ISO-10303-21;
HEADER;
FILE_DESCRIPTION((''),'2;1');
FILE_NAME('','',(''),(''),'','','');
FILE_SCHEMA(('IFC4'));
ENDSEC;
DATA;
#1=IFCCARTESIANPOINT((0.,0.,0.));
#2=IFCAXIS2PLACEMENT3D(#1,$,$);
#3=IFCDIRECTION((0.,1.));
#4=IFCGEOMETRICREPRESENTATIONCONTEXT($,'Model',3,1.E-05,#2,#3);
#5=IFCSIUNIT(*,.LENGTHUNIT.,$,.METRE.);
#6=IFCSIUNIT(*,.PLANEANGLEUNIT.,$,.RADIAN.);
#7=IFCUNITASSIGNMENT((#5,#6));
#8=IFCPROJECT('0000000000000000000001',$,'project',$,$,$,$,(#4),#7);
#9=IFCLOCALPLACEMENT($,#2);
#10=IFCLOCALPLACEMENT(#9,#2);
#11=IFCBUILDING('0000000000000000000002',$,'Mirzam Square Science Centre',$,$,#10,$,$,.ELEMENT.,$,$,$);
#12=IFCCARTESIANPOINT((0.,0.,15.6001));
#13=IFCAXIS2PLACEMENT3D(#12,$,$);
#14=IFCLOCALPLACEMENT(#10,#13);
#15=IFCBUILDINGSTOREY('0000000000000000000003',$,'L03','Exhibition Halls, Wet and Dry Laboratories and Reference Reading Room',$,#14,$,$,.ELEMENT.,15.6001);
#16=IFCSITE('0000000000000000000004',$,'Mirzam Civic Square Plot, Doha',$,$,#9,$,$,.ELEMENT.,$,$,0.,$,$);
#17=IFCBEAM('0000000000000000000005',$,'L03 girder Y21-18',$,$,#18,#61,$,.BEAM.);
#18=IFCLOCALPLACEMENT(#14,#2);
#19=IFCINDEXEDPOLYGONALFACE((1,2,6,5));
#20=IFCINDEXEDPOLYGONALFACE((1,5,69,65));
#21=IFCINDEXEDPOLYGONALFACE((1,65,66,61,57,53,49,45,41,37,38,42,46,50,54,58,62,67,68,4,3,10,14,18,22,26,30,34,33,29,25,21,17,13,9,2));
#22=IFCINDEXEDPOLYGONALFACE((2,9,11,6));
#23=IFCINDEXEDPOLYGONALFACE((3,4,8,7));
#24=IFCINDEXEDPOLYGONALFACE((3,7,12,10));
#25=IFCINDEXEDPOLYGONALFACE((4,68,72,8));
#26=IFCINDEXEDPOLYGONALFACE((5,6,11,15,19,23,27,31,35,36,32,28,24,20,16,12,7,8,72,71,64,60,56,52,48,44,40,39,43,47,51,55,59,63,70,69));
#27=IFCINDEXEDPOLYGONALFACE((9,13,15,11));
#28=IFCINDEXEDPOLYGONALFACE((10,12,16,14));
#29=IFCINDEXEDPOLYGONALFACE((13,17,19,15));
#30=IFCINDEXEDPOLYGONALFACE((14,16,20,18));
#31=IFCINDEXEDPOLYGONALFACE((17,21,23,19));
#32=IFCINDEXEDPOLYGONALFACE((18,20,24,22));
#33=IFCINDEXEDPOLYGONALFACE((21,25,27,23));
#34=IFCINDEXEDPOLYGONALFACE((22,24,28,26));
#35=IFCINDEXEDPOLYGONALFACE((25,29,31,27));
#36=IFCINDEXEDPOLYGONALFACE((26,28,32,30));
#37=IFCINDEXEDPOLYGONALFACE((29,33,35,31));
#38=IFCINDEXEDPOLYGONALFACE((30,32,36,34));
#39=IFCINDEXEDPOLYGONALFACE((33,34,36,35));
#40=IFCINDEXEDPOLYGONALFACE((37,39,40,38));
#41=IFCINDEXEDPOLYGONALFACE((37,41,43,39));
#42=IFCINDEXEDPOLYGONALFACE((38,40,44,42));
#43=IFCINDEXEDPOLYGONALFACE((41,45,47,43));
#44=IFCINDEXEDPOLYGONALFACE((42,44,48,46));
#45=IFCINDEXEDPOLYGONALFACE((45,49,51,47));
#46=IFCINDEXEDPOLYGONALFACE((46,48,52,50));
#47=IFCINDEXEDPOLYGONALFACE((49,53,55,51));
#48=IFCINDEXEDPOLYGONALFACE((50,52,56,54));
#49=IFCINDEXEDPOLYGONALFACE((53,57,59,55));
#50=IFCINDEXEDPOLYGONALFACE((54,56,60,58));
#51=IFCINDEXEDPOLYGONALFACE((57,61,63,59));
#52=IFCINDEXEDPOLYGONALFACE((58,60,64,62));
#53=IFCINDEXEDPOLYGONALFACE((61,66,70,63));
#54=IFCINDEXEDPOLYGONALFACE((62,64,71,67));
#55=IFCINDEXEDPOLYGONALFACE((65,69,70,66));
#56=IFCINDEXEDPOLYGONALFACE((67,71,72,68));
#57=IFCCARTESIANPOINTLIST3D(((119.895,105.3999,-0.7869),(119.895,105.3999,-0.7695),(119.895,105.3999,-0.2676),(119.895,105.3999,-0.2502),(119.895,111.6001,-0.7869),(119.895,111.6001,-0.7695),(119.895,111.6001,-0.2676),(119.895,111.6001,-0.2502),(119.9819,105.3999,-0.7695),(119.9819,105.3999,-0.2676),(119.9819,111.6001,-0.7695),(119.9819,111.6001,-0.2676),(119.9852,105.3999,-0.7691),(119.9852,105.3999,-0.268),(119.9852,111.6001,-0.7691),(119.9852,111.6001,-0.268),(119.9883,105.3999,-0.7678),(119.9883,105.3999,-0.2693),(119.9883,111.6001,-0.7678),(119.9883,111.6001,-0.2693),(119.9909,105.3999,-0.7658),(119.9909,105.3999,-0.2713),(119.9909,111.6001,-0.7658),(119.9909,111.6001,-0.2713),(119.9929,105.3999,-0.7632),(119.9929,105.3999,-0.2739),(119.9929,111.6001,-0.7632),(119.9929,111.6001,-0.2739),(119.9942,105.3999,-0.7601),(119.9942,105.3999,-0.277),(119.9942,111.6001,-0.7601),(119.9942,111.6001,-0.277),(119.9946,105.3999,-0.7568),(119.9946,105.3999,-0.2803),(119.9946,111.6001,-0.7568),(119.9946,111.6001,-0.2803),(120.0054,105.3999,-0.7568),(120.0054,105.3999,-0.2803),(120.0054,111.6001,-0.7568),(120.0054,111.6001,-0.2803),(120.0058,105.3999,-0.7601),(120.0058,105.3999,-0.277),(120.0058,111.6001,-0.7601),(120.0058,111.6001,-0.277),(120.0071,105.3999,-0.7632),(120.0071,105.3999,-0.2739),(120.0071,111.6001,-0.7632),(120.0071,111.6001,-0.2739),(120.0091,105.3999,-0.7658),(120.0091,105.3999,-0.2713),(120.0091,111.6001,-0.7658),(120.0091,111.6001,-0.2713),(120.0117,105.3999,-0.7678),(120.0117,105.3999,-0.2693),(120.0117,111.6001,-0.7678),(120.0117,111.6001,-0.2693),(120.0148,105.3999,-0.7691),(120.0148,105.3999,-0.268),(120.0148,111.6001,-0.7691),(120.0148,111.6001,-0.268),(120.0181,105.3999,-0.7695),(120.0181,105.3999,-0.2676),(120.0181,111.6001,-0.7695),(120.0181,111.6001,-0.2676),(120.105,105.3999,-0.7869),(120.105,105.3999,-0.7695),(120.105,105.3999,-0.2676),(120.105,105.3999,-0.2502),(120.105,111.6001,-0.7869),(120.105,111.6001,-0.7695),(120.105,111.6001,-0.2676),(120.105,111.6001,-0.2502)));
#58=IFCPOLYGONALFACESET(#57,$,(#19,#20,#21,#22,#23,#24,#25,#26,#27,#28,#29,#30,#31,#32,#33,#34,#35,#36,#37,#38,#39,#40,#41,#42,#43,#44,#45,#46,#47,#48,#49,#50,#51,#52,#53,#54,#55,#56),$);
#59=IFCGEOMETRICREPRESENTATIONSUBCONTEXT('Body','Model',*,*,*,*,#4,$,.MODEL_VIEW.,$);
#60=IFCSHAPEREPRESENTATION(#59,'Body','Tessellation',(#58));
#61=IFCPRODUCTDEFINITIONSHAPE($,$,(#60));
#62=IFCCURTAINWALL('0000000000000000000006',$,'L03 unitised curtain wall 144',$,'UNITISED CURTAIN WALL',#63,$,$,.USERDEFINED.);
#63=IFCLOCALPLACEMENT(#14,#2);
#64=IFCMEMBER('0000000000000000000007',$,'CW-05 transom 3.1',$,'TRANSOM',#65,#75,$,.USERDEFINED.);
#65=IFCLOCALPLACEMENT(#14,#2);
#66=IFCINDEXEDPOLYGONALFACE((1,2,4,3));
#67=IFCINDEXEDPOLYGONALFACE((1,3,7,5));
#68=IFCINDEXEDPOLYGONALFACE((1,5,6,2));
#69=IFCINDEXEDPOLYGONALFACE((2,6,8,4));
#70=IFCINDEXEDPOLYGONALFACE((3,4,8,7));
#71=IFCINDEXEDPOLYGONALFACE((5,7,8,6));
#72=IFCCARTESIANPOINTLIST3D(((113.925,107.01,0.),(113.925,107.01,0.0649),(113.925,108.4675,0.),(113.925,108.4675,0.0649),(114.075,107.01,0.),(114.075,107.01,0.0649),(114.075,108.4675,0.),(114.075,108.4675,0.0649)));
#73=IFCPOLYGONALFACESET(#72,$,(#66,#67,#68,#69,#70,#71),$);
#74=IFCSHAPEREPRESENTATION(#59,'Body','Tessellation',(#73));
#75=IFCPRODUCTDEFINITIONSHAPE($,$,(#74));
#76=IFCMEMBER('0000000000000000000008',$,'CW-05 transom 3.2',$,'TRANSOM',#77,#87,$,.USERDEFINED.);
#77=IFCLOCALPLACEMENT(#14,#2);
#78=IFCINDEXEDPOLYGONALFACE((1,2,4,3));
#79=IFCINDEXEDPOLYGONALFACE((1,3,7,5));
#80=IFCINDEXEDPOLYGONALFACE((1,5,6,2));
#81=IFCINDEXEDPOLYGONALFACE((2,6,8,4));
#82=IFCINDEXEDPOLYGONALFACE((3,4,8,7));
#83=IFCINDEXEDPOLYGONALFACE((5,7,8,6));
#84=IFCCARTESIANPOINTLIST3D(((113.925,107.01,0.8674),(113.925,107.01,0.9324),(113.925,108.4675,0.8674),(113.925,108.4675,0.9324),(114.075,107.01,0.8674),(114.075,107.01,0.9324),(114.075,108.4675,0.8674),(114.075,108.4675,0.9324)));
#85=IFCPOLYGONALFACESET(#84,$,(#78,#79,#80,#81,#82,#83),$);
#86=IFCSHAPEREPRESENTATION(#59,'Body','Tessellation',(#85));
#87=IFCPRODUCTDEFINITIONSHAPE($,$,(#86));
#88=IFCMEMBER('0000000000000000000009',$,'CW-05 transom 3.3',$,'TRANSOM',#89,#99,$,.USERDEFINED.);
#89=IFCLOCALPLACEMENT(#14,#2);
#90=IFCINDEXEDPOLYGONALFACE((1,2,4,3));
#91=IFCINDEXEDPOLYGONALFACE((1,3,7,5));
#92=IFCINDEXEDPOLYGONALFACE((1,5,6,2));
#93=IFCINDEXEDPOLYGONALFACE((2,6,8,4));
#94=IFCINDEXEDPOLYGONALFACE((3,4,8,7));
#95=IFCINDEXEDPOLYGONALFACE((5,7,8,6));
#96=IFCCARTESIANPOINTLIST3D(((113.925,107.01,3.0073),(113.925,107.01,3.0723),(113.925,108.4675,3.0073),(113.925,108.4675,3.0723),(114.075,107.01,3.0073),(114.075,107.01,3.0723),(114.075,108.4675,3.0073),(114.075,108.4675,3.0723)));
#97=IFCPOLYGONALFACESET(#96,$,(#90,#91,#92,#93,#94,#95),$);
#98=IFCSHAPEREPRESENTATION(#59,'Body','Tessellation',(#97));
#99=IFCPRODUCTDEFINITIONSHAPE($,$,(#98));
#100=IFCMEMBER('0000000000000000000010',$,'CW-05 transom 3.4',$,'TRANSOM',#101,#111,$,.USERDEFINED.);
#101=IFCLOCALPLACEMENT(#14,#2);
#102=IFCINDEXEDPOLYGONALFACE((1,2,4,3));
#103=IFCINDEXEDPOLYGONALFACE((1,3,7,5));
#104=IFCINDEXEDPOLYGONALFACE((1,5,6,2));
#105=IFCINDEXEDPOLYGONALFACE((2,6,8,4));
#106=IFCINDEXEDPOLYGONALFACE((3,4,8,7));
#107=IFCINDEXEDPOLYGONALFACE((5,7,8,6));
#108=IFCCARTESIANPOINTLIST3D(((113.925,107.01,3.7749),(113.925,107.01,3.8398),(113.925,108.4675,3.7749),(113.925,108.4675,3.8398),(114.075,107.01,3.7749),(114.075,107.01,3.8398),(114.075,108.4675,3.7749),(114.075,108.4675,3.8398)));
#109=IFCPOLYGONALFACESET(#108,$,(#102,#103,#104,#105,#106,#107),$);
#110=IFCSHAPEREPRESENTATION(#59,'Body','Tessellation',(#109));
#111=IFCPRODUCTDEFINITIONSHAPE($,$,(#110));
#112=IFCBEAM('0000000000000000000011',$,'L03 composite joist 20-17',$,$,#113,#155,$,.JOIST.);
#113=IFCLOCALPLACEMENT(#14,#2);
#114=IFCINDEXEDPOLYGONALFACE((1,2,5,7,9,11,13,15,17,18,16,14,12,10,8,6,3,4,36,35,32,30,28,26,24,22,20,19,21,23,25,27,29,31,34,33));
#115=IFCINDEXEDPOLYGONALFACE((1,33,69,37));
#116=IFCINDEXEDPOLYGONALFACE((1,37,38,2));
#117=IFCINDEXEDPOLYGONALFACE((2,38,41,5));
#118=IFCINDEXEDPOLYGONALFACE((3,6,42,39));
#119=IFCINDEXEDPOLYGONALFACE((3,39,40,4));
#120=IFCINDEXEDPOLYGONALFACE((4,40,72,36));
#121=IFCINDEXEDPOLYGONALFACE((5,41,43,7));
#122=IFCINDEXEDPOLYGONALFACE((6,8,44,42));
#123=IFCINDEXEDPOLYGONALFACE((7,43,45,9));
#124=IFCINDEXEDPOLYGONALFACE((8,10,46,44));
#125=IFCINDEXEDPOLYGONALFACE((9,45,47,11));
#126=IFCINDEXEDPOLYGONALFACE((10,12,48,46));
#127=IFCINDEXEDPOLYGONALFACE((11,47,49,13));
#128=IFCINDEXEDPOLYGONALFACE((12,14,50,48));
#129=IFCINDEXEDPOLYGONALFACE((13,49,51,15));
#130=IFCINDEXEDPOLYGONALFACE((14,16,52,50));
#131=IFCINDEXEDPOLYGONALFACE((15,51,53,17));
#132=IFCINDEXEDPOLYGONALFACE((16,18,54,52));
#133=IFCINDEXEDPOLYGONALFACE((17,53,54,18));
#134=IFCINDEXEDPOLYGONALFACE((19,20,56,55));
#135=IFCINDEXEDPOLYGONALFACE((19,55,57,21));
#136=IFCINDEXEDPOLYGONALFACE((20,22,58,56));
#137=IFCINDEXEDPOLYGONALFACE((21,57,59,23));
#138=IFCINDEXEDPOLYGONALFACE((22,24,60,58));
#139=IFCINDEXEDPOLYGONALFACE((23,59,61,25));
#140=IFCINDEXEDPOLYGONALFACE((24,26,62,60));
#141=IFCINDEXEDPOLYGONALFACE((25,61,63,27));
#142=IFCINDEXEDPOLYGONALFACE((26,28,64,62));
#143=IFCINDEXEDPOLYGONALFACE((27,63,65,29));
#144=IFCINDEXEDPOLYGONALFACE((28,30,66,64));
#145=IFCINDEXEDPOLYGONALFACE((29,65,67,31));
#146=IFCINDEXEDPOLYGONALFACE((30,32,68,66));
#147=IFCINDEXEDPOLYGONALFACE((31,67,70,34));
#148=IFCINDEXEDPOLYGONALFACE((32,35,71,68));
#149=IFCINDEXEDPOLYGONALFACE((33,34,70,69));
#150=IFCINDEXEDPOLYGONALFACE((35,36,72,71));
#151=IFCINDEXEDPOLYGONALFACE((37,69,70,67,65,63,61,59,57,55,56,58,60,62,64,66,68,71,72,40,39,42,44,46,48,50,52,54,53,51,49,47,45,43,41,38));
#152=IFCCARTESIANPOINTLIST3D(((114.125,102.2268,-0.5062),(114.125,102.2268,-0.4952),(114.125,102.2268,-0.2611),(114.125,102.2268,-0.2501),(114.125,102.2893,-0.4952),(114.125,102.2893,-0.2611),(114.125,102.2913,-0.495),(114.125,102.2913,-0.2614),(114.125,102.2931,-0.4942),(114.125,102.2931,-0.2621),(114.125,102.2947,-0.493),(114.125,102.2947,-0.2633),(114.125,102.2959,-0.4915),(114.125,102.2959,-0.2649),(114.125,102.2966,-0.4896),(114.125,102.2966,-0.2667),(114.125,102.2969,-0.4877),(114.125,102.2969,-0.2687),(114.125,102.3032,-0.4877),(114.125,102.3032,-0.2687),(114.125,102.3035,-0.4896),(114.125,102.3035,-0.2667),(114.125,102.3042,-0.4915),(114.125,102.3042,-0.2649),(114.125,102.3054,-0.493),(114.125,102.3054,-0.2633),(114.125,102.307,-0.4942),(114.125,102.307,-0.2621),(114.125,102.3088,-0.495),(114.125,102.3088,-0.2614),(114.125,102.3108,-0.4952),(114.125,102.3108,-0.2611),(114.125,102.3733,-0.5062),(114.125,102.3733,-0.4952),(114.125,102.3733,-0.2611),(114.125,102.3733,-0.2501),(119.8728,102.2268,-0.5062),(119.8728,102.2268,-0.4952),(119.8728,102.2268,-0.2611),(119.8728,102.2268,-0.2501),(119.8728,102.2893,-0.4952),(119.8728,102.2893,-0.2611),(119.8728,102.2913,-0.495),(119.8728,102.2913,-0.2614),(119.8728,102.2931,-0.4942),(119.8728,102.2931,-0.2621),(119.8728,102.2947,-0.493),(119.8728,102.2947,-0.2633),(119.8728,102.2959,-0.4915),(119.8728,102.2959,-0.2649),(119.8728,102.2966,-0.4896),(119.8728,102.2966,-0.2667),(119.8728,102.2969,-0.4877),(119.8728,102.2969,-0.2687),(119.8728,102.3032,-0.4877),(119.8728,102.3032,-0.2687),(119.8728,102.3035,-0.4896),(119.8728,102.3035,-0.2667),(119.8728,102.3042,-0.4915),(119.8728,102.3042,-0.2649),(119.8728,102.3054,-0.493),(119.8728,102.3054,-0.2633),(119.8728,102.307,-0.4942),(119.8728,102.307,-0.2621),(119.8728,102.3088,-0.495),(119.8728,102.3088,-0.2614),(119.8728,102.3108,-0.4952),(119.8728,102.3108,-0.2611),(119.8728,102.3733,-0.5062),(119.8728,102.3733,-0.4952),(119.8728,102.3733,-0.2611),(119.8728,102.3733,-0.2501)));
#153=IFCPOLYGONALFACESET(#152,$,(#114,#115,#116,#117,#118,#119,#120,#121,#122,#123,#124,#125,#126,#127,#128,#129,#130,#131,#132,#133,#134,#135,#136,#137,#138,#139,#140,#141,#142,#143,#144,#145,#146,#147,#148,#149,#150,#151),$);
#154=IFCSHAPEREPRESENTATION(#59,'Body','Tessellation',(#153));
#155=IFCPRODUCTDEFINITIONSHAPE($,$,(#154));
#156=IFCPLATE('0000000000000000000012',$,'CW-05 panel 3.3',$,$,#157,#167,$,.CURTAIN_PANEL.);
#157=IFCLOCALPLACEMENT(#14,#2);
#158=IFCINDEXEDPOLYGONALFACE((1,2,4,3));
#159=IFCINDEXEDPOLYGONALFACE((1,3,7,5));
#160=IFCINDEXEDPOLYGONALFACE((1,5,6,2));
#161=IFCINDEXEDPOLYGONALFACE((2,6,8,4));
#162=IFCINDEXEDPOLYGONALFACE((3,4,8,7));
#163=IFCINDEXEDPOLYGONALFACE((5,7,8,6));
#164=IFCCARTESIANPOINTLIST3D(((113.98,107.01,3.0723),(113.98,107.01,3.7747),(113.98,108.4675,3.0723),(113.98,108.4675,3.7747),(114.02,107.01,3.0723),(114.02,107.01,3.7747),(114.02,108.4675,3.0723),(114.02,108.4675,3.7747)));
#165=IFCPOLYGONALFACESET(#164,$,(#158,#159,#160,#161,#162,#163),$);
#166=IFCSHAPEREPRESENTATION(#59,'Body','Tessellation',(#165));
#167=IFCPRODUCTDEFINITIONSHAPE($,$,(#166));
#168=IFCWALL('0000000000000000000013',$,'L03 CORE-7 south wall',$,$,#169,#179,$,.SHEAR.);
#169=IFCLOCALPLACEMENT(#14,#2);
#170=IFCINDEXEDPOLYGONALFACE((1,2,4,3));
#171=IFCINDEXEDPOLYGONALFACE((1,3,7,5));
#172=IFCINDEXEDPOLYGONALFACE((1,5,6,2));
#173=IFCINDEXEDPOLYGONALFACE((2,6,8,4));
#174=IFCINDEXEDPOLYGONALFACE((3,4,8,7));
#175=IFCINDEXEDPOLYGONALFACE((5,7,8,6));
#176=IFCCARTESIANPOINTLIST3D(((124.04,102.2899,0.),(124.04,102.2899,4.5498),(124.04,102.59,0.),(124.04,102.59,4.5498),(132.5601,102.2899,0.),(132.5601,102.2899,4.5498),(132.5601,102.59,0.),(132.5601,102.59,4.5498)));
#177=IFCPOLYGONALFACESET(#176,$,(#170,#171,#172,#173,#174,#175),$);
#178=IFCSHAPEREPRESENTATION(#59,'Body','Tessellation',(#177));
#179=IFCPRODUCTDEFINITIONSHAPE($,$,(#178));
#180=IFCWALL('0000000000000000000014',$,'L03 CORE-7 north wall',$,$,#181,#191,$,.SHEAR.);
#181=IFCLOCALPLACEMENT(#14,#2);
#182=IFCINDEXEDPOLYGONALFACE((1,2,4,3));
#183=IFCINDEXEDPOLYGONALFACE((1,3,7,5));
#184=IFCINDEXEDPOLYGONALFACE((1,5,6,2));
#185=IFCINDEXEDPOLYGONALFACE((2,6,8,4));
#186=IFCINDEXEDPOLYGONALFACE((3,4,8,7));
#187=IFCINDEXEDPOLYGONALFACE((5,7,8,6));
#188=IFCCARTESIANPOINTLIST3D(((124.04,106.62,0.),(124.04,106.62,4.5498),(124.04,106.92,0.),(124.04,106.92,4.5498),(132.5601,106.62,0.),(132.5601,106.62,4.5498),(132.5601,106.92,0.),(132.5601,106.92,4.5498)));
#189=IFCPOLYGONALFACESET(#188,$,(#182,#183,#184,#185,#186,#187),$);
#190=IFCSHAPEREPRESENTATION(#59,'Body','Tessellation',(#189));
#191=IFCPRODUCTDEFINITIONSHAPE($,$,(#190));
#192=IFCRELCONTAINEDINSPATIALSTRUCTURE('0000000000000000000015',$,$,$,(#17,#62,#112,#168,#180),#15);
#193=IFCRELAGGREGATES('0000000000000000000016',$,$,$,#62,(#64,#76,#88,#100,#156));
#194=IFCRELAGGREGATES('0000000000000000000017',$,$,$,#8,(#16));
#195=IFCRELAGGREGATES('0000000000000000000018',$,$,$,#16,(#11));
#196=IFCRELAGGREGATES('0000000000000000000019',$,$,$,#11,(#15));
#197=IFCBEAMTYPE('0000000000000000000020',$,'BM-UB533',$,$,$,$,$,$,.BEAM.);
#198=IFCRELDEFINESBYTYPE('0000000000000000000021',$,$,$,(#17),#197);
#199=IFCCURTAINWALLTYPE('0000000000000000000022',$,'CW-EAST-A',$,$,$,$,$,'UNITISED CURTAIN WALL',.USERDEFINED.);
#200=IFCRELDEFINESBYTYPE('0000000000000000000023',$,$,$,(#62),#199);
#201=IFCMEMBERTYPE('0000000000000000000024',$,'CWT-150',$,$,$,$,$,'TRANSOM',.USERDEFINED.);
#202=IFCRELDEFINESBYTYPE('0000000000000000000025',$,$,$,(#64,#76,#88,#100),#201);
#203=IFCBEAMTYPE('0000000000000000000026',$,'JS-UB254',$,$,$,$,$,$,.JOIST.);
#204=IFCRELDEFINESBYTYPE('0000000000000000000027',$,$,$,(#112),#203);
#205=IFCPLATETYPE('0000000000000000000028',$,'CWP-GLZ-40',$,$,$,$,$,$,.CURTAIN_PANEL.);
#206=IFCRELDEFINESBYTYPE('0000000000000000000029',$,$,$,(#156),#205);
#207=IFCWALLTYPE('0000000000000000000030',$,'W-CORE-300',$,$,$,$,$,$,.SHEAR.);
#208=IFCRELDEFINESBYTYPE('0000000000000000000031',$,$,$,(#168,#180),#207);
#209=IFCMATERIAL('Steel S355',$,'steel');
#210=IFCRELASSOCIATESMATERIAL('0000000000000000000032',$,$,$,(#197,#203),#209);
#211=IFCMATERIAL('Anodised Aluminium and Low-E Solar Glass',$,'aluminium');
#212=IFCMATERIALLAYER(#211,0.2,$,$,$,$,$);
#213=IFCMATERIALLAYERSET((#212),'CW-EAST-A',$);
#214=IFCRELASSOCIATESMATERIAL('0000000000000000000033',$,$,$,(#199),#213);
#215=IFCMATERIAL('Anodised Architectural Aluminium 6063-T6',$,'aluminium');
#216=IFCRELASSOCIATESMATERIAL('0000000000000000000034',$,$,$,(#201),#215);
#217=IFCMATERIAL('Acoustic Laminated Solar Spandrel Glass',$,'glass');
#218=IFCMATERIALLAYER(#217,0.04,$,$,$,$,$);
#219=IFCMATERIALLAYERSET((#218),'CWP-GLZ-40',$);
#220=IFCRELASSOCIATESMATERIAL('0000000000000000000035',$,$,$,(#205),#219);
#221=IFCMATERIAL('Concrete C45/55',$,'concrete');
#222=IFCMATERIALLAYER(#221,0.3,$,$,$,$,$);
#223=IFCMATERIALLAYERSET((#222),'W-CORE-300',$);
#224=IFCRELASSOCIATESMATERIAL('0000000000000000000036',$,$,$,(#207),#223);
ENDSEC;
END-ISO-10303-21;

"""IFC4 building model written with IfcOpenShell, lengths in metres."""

from ifc_helpers import new_model, si_unit, direction, frame, frame_2d, origin, origin_2d, place, context, subcontext, project, spatial, rectangle, i_section, extrude, material, layer, layer_set, material_profile, profile_set, type_object, element, aggregate, save


model = new_model("IFC4")

# Units and contexts
model_context = context("Model", 3, precision=1e-05, world=origin(), true_north=direction((0.0, 1.0)))
body_context = subcontext(model_context, "Body", "Model", "MODEL_VIEW")
ifc_project = project(units=[si_unit("LENGTHUNIT", "METRE"), si_unit("PLANEANGLEUNIT", "RADIAN")], contexts=[model_context])

# Site, building, storey
site_placement = place(None, origin())
site = spatial("IfcSite", under=ifc_project, at=site_placement, Name="Mirzam Civic Square Plot, Doha", CompositionType="ELEMENT", RefElevation=0.0)
building_placement = place(site_placement, origin())
building = spatial("IfcBuilding", under=site, at=building_placement, Name="Mirzam Square Science Centre", CompositionType="ELEMENT")
storey_placement = place(building_placement, frame((0.0, 0.0, 15.6001)))
storey = spatial("IfcBuildingStorey", under=building, at=storey_placement, Name="L03", Description="Exhibition Halls, Wet and Dry Laboratories and Reference Reading Room", CompositionType="ELEMENT", Elevation=15.6001)

# Shared definitions
ifc_material_1 = material(Name="Steel S355", Category="steel")

# Beam
ifc_material_profile_1 = material_profile(ifc_material_1, i_section(OverallWidth=0.21, OverallDepth=0.5366, WebThickness=0.0107, FlangeThickness=0.0173, FilletRadius=0.0127, at=origin_2d()), Name="533x210x101UB")
ifc_profile_set_1 = profile_set([ifc_material_profile_1], Name="Steel S355")
beam_type_1 = type_object("IfcBeamType", Name="BM-UB533", PredefinedType="BEAM", material=ifc_profile_set_1)
beam_1_placement = place(storey_placement, frame((120.0, 105.3999, -0.5186), z_axis=(0.0, 1.0, 0.0), x_axis=(-1.0, 0.0, 0.0)))
element("IfcBeam", 1, at=beam_1_placement, inside=storey, type_object=beam_type_1, Name="L03 girder Y21-18", PredefinedType="BEAM", context=body_context, shape_type="SweptSolid", body=[
    extrude(i_section(OverallWidth=0.21, OverallDepth=0.5366, WebThickness=0.0107, FlangeThickness=0.0173, FilletRadius=0.0127, at=origin_2d()), origin(), (0.0, 0.0, 1.0), 6.2002),
])

# Curtain wall, members
ifc_material_2 = material(Name="Anodised Aluminium and Low-E Solar Glass", Category="aluminium")
ifc_layer_1 = layer(ifc_material_2, 0.2)
ifc_layer_set_1 = layer_set([ifc_layer_1], Name="CW-EAST-A")
curtain_wall_type = type_object("IfcCurtainWallType", Name="CW-EAST-A", ElementType="UNITISED CURTAIN WALL", PredefinedType="USERDEFINED", material=ifc_layer_set_1)
curtain_wall_placement = place(storey_placement, origin())
curtain_wall = element("IfcCurtainWall", 2, at=curtain_wall_placement, inside=storey, type_object=curtain_wall_type, Name="L03 unitised curtain wall 144", ObjectType="UNITISED CURTAIN WALL", PredefinedType="USERDEFINED")
ifc_material_3 = material(Name="Anodised Architectural Aluminium 6063-T6", Category="aluminium")
ifc_material_profile_2 = material_profile(ifc_material_3, rectangle(XDim=0.1499, YDim=0.0649, at=origin_2d()), Name="ALU-TRAN-150x65x4")
ifc_profile_set_2 = profile_set([ifc_material_profile_2], Name="Anodised Architectural Aluminium 6063-T6")
member_type = type_object("IfcMemberType", Name="CWT-150", ElementType="TRANSOM", PredefinedType="USERDEFINED", material=ifc_profile_set_2)
member_1_placement = place(storey_placement, frame((114.0, 108.4675, 0.0325), z_axis=(0.0, -1.0, 0.0), x_axis=(1.0, 0.0, 0.0)))
member_1 = element("IfcMember", 3, at=member_1_placement, type_object=member_type, Name="CW-05 transom 3.1", ObjectType="TRANSOM", PredefinedType="USERDEFINED", context=body_context, shape_type="SweptSolid", body=[
    extrude(rectangle(XDim=0.1499, YDim=0.0649, at=origin_2d()), origin(), (0.0, 0.0, 1.0), 1.4575),
])
member_2_placement = place(storey_placement, frame((114.0, 108.4675, 0.8999), z_axis=(0.0, -1.0, 0.0), x_axis=(1.0, 0.0, 0.0)))
member_2 = element("IfcMember", 4, at=member_2_placement, type_object=member_type, Name="CW-05 transom 3.2", ObjectType="TRANSOM", PredefinedType="USERDEFINED", context=body_context, shape_type="SweptSolid", body=[
    extrude(rectangle(XDim=0.1499, YDim=0.0649, at=origin_2d()), origin(), (0.0, 0.0, 1.0), 1.4575),
])
member_3_placement = place(storey_placement, frame((114.0, 108.4675, 3.0398), z_axis=(0.0, -1.0, 0.0), x_axis=(1.0, 0.0, 0.0)))
member_3 = element("IfcMember", 5, at=member_3_placement, type_object=member_type, Name="CW-05 transom 3.3", ObjectType="TRANSOM", PredefinedType="USERDEFINED", context=body_context, shape_type="SweptSolid", body=[
    extrude(rectangle(XDim=0.1499, YDim=0.0649, at=origin_2d()), origin(), (0.0, 0.0, 1.0), 1.4575),
])
member_4_placement = place(storey_placement, frame((114.0, 108.4675, 3.8074), z_axis=(0.0, -1.0, 0.0), x_axis=(1.0, 0.0, 0.0)))
member_4 = element("IfcMember", 6, at=member_4_placement, type_object=member_type, Name="CW-05 transom 3.4", ObjectType="TRANSOM", PredefinedType="USERDEFINED", context=body_context, shape_type="SweptSolid", body=[
    extrude(rectangle(XDim=0.1499, YDim=0.0649, at=origin_2d()), origin(), (0.0, 0.0, 1.0), 1.4575),
])

# Beam
ifc_material_profile_3 = material_profile(ifc_material_1, i_section(OverallWidth=0.1465, OverallDepth=0.2561, WebThickness=0.0063, FlangeThickness=0.011, FilletRadius=0.0076, at=origin_2d()), Name="254x146x37UB")
ifc_profile_set_3 = profile_set([ifc_material_profile_3], Name="Steel S355")
beam_type_2 = type_object("IfcBeamType", Name="JS-UB254", PredefinedType="JOIST", material=ifc_profile_set_3)
beam_2_placement = place(storey_placement, frame((114.125, 102.3, -0.3782), z_axis=(1.0, 0.0, 0.0), x_axis=(0.0, 1.0, 0.0)))
element("IfcBeam", 7, at=beam_2_placement, inside=storey, type_object=beam_type_2, Name="L03 composite joist 20-17", PredefinedType="JOIST", context=body_context, shape_type="SweptSolid", body=[
    extrude(i_section(OverallWidth=0.1465, OverallDepth=0.2561, WebThickness=0.0063, FlangeThickness=0.011, FilletRadius=0.0076, at=origin_2d()), origin(), (0.0, 0.0, 1.0), 5.7478),
])

# Plate
ifc_material_4 = material(Name="Acoustic Laminated Solar Spandrel Glass", Category="glass")
ifc_layer_2 = layer(ifc_material_4, 0.04)
ifc_layer_set_2 = layer_set([ifc_layer_2], Name="CWP-GLZ-40")
plate_type = type_object("IfcPlateType", Name="CWP-GLZ-40", PredefinedType="CURTAIN_PANEL", material=ifc_layer_set_2)
plate_placement = place(storey_placement, frame((114.0, 107.7388, 3.0723), z_axis=(0.0, 0.0, 1.0), x_axis=(0.0, -1.0, 0.0)))
plate = element("IfcPlate", 8, at=plate_placement, type_object=plate_type, Name="CW-05 panel 3.3", PredefinedType="CURTAIN_PANEL", context=body_context, shape_type="SweptSolid", body=[
    extrude(rectangle(XDim=1.4575, YDim=0.04, at=origin_2d()), origin(), (0.0, 0.0, 1.0), 0.7024),
])
aggregate(curtain_wall, [member_1, member_2, member_3, member_4, plate])

# Walls
ifc_material_5 = material(Name="Concrete C45/55", Category="concrete")
ifc_layer_3 = layer(ifc_material_5, 0.3)
ifc_layer_set_3 = layer_set([ifc_layer_3], Name="W-CORE-300")
wall_type_1 = type_object("IfcWallType", Name="W-CORE-300", PredefinedType="SHEAR", material=ifc_layer_set_3)
for number, where, z_axis, x_axis, name in (
    (9, (124.04, 102.4399, 0.0), (0.0, 0.0, 1.0), (1.0, 0.0, 0.0), "L03 CORE-7 south wall"),
    (10, (132.5601, 106.77, 0.0), (0.0, 0.0, 1.0), (-1.0, 0.0, 0.0), "L03 CORE-7 north wall"),
):
    element("IfcWall", number, at=place(storey_placement, frame(where, z_axis=z_axis, x_axis=x_axis)), inside=storey, type_object=wall_type_1, Name=name, PredefinedType="SHEAR", context=body_context, shape_type="SweptSolid", body=[
        extrude(rectangle(XDim=8.52, YDim=0.3, at=frame_2d((4.26, 0.0))), origin(), (0.0, 0.0, 1.0), 4.5498),
    ])

save(model, "model.ifc")
